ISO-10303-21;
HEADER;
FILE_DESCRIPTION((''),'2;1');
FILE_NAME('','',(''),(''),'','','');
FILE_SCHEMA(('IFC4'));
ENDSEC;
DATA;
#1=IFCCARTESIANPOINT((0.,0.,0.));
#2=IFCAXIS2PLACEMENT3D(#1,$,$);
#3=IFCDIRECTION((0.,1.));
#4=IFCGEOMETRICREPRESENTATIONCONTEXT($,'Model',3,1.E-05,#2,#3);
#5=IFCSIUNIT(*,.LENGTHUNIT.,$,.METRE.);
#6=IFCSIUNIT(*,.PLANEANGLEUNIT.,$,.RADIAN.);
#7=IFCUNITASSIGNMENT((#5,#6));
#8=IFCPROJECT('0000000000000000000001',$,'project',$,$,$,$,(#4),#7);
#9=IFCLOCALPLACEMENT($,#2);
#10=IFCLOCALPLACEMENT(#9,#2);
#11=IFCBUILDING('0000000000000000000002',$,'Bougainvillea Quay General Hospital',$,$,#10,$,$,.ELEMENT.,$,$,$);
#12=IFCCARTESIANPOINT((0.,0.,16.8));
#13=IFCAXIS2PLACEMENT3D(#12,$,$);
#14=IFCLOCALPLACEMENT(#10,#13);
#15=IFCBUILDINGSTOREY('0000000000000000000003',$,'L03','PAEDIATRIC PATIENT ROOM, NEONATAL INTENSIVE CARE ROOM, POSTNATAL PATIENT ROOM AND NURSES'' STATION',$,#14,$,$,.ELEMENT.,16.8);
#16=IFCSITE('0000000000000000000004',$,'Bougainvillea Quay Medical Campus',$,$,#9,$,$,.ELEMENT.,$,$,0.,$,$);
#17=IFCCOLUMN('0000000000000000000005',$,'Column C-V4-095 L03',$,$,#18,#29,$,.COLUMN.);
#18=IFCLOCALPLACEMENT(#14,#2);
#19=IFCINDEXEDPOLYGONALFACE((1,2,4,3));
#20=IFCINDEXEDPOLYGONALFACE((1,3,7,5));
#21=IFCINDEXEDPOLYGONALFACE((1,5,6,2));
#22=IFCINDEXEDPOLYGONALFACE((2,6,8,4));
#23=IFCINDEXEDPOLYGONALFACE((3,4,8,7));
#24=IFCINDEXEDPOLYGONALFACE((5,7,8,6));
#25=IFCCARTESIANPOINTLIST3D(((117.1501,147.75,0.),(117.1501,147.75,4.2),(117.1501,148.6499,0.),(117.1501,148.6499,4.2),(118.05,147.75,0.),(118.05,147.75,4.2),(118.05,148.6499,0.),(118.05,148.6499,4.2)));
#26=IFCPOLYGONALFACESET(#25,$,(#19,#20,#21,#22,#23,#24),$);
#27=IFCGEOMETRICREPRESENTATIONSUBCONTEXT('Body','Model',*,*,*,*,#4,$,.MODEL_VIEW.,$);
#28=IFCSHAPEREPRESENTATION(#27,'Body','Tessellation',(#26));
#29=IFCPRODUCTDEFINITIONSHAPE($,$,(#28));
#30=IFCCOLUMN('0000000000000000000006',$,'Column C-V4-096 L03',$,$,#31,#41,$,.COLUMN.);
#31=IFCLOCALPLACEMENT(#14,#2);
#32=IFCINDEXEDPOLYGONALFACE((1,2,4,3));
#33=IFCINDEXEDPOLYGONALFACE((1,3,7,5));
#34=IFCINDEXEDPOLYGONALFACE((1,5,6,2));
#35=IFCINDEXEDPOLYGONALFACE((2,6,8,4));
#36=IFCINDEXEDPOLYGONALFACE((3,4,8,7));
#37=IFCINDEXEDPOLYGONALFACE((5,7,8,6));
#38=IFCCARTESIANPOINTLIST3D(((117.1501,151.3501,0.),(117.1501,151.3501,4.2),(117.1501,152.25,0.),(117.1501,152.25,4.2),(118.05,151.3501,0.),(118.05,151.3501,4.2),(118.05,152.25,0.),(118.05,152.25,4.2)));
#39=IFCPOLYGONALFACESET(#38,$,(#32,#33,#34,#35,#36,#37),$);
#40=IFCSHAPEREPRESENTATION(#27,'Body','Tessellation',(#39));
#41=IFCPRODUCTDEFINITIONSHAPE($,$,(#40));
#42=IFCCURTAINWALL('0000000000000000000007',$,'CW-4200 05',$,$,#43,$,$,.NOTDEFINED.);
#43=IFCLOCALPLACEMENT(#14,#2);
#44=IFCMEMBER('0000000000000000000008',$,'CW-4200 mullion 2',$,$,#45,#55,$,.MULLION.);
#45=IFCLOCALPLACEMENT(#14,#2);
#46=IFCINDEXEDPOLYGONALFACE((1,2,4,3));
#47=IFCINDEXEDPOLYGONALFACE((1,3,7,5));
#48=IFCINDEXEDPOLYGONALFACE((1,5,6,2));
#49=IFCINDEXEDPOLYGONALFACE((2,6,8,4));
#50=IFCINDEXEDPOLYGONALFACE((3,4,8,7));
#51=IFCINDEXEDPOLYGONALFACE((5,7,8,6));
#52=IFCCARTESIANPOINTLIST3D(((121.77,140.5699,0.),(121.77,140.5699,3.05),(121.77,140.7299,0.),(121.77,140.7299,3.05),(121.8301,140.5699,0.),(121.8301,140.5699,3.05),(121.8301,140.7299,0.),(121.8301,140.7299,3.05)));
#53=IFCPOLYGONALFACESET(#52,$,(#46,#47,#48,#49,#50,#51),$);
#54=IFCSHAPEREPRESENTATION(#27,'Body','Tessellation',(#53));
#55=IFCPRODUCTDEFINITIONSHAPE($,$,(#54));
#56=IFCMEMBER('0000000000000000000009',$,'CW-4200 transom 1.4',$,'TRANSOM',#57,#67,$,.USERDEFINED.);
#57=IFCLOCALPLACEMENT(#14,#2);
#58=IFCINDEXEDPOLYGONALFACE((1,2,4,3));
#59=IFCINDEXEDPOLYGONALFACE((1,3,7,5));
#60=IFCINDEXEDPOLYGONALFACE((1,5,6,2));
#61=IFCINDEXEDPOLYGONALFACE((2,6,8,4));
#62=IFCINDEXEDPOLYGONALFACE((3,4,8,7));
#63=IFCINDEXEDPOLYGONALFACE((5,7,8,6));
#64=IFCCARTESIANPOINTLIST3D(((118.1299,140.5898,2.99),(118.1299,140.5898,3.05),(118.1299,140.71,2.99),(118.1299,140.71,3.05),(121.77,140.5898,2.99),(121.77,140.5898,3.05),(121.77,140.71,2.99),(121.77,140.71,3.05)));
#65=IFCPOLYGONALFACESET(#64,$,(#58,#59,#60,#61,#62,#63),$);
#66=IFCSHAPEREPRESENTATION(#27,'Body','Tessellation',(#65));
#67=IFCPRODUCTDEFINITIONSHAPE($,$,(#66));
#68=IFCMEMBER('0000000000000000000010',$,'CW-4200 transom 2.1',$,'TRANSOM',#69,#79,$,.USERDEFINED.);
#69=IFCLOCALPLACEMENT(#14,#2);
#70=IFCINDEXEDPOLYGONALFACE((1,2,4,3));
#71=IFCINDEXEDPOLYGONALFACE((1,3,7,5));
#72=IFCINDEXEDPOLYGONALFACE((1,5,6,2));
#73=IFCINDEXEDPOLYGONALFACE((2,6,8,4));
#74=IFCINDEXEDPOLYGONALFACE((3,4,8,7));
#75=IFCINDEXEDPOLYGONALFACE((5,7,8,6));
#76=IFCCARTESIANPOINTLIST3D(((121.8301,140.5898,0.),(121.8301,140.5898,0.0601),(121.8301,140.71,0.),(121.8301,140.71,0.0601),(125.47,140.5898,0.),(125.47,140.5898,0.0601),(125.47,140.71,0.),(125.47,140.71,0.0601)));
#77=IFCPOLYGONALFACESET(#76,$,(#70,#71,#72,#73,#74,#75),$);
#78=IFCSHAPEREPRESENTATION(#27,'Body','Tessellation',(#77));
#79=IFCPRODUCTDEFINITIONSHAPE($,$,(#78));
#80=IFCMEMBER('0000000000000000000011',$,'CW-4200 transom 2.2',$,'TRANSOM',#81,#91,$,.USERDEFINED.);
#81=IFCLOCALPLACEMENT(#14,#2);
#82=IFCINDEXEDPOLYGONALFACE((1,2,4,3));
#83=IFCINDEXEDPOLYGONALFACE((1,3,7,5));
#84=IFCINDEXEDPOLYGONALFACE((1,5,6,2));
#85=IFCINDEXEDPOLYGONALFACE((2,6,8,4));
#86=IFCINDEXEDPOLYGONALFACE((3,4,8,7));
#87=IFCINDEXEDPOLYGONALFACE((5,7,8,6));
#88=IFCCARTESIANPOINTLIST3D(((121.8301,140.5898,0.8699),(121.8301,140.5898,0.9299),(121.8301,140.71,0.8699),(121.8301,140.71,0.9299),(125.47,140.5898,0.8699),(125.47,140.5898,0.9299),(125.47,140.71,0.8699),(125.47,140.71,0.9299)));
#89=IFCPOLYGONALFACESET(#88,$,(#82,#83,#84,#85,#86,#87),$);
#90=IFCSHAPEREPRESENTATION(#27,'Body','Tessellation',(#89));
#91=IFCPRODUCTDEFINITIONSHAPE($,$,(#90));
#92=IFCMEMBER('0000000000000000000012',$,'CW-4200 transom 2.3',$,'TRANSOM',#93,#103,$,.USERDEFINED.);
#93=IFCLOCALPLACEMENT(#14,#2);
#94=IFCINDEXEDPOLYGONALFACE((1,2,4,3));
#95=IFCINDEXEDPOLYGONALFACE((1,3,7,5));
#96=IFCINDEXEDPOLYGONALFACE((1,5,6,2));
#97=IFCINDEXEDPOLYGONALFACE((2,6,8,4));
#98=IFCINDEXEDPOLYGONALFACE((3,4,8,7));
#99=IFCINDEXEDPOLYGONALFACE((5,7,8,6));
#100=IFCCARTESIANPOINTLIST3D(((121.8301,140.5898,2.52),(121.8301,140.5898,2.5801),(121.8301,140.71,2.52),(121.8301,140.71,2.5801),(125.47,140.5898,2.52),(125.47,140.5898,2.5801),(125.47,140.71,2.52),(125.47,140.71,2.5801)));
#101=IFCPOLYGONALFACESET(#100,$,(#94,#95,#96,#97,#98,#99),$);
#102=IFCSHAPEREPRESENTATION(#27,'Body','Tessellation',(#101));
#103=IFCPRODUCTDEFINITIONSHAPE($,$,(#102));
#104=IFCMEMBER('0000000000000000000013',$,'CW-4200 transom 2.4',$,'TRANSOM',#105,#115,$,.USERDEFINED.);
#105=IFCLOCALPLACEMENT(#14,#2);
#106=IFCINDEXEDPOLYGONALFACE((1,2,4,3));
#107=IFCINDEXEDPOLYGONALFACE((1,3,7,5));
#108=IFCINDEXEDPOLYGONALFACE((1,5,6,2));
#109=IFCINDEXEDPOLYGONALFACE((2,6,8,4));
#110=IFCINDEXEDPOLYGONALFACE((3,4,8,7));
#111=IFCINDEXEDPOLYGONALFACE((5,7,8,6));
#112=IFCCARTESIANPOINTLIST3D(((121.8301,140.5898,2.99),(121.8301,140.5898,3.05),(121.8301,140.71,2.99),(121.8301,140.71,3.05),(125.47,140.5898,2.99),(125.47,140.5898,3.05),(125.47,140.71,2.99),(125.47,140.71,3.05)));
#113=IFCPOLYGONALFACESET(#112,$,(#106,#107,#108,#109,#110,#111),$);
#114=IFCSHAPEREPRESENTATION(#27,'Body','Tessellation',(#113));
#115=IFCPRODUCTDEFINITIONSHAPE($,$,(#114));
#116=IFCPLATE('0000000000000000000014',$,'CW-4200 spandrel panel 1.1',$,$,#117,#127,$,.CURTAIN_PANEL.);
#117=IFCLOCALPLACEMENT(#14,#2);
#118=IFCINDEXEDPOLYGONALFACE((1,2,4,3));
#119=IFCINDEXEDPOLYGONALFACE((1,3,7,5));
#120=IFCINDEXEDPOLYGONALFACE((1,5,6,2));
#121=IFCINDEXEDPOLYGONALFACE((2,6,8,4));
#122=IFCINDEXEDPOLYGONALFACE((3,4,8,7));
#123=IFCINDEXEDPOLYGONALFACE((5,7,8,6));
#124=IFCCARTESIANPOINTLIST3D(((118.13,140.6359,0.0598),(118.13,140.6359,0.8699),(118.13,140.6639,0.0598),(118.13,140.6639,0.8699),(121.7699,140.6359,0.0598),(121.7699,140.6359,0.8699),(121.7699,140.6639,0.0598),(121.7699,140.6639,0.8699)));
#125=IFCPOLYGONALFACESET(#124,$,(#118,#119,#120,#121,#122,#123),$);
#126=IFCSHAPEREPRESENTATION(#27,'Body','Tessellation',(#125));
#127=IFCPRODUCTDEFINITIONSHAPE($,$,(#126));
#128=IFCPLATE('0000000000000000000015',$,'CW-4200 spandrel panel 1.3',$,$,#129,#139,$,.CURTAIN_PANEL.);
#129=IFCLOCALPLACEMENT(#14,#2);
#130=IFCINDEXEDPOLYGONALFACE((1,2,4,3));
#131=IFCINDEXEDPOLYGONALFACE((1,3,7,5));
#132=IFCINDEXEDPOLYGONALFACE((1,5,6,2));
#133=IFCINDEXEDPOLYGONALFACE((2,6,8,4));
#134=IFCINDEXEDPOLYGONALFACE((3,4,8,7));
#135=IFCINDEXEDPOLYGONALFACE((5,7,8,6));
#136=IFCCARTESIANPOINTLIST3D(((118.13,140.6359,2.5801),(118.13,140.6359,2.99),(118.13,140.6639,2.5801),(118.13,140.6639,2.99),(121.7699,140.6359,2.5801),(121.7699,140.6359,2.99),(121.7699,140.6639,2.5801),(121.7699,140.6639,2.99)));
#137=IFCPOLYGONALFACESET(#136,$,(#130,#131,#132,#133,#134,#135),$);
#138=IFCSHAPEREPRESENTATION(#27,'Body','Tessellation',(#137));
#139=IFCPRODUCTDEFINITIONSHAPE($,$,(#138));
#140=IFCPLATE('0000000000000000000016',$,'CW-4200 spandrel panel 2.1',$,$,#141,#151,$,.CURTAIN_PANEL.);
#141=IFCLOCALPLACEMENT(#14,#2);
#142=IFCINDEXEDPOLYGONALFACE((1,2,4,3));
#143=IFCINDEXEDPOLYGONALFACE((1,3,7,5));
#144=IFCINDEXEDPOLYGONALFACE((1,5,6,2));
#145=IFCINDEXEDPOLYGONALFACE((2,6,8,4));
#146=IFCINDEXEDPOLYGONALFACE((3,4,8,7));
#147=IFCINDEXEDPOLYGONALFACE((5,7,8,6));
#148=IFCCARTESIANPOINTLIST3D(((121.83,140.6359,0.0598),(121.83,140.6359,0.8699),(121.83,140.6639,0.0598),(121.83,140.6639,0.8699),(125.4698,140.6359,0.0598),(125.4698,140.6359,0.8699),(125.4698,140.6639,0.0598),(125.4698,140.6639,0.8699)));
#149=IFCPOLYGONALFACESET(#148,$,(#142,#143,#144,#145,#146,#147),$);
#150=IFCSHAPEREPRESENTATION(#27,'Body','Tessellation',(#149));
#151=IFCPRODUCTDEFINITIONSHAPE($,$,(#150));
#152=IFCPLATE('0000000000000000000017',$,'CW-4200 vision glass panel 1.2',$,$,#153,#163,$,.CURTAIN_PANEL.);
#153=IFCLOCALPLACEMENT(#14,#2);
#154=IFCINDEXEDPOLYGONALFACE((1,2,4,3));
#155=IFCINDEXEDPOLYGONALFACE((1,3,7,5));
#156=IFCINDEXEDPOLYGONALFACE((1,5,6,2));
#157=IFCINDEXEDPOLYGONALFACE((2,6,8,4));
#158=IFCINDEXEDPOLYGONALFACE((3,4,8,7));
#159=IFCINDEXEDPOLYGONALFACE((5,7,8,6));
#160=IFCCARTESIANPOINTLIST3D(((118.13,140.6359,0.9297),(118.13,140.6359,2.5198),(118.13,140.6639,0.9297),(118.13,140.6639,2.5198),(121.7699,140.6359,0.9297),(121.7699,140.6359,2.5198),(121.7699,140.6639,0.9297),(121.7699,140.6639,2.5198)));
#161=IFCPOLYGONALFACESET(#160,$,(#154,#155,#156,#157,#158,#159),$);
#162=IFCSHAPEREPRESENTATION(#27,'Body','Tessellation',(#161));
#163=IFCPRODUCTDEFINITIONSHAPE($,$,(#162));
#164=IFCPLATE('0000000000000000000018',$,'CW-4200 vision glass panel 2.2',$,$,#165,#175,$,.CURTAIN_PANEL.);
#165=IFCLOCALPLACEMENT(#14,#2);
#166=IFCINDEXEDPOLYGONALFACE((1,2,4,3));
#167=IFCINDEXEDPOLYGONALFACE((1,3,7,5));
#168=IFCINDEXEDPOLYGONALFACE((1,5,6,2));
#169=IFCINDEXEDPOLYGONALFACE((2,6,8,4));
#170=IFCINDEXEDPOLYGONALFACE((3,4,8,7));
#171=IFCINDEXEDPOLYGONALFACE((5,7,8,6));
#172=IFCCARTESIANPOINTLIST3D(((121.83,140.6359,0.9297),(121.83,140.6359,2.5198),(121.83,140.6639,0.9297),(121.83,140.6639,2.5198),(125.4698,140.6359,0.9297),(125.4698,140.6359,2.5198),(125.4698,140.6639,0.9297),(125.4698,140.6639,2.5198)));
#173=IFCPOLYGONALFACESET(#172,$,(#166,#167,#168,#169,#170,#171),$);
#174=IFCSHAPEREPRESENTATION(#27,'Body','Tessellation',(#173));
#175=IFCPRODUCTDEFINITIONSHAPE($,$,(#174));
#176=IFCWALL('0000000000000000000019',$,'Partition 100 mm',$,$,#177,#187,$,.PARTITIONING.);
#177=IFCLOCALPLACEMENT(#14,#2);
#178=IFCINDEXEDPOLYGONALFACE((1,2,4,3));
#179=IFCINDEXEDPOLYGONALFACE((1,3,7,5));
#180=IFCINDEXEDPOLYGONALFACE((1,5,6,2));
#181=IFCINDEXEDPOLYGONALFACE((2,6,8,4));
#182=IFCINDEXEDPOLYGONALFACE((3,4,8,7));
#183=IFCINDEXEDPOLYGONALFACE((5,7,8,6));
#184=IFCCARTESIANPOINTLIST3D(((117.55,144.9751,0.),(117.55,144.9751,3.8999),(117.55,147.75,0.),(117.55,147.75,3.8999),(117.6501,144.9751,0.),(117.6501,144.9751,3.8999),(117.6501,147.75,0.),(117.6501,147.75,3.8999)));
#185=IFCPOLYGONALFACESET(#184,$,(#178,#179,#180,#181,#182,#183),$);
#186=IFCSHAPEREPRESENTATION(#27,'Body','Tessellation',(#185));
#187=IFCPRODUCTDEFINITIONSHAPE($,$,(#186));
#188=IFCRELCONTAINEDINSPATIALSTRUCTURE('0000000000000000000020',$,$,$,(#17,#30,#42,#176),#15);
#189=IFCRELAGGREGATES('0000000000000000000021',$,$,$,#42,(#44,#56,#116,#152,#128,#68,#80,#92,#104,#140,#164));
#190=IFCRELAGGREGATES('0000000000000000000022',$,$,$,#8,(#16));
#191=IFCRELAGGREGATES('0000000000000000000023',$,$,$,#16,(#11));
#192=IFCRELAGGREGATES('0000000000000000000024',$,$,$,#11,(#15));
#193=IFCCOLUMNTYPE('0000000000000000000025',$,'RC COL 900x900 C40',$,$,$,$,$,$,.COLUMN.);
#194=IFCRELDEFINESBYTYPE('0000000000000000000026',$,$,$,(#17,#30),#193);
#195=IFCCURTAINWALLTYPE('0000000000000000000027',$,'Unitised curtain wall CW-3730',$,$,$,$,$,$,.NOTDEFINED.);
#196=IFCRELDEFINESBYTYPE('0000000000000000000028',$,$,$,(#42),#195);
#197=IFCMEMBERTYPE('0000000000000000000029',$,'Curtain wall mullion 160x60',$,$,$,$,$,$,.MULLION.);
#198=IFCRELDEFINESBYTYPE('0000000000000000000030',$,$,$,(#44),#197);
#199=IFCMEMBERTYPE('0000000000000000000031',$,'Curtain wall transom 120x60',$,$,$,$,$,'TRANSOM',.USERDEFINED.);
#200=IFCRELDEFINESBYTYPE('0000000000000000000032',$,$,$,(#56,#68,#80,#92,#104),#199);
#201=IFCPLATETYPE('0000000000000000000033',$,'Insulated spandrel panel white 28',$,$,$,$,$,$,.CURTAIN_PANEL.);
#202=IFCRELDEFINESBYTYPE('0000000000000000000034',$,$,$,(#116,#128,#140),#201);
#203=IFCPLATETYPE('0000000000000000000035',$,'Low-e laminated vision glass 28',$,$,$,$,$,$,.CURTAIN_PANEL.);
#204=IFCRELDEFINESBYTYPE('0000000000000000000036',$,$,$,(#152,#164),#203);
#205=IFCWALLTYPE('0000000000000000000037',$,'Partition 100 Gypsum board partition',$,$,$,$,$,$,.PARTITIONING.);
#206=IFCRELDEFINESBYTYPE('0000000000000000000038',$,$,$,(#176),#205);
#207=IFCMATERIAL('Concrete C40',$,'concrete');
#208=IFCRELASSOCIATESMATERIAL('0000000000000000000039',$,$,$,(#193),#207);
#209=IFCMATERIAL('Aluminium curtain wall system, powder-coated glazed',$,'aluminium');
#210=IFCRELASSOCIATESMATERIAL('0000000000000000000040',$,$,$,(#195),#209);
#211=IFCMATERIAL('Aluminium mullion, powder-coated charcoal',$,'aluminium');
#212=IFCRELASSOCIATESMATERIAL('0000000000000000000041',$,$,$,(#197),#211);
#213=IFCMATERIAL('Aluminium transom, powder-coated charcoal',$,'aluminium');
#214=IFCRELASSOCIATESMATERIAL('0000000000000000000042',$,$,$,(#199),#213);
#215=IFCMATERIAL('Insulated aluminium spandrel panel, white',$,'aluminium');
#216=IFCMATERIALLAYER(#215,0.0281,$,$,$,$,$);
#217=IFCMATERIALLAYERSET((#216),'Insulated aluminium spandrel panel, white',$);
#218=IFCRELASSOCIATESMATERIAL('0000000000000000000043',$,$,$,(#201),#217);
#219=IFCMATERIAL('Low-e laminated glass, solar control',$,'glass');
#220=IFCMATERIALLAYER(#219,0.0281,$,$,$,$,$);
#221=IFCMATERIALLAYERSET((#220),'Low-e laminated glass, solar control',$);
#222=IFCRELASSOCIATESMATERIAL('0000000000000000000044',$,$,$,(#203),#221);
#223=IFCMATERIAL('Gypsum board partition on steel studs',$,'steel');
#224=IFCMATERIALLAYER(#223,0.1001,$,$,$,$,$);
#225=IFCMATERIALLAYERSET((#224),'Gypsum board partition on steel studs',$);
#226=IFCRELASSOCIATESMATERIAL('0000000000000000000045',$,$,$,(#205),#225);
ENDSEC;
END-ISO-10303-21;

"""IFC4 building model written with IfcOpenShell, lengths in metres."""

from ifc_helpers import new_model, si_unit, direction, frame, frame_2d, origin, origin_2d, place, context, subcontext, project, spatial, rectangle, extrude, material, layer, layer_set, material_profile, profile_set, type_object, element, aggregate, save


model = new_model("IFC4")

# Units and contexts
model_context = context("Model", 3, precision=1e-05, world=origin(), true_north=direction((0.0, 1.0)))
body_context = subcontext(model_context, "Body", "Model", "MODEL_VIEW")
ifc_project = project(units=[si_unit("LENGTHUNIT", "METRE"), si_unit("PLANEANGLEUNIT", "RADIAN")], contexts=[model_context])

# Site, building, storey
site_placement = place(None, origin())
site = spatial("IfcSite", under=ifc_project, at=site_placement, Name="Bougainvillea Quay Medical Campus", CompositionType="ELEMENT", RefElevation=0.0)
building_placement = place(site_placement, origin())
building = spatial("IfcBuilding", under=site, at=building_placement, Name="Bougainvillea Quay General Hospital", CompositionType="ELEMENT")
storey_placement = place(building_placement, frame((0.0, 0.0, 16.8)))
storey = spatial("IfcBuildingStorey", under=building, at=storey_placement, Name="L03", Description="PAEDIATRIC PATIENT ROOM, NEONATAL INTENSIVE CARE ROOM, POSTNATAL PATIENT ROOM AND NURSES' STATION", CompositionType="ELEMENT", Elevation=16.8)

# Columns
ifc_material_1 = material(Name="Concrete C40", Category="concrete")
ifc_material_profile_1 = material_profile(ifc_material_1, rectangle(XDim=0.8999, YDim=0.8999, at=origin_2d()))
ifc_profile_set_1 = profile_set([ifc_material_profile_1], Name="Concrete C40")
column_type = type_object("IfcColumnType", Name="RC COL 900x900 C40", PredefinedType="COLUMN", material=ifc_profile_set_1)
for number, where, z_axis, x_axis, name in (
    (1, (117.6001, 148.2, 0.0), (0.0, 0.0, 1.0), (1.0, 0.0, 0.0), "Column C-V4-095 L03"),
    (2, (117.6001, 151.8, 0.0), (0.0, 0.0, 1.0), (1.0, 0.0, 0.0), "Column C-V4-096 L03"),
):
    element("IfcColumn", number, at=place(storey_placement, frame(where, z_axis=z_axis, x_axis=x_axis)), inside=storey, type_object=column_type, Name=name, PredefinedType="COLUMN", context=body_context, shape_type="SweptSolid", body=[
        extrude(rectangle(XDim=0.8999, YDim=0.8999, at=origin_2d()), origin(), (0.0, 0.0, 1.0), 4.2),
    ])

# Curtain wall, members, plates
ifc_material_2 = material(Name="Aluminium curtain wall system, powder-coated glazed", Category="aluminium")
curtain_wall_type = type_object("IfcCurtainWallType", Name="Unitised curtain wall CW-3730", PredefinedType="NOTDEFINED", material=ifc_material_2)
curtain_wall_placement = place(storey_placement, origin())
curtain_wall = element("IfcCurtainWall", 3, at=curtain_wall_placement, inside=storey, type_object=curtain_wall_type, Name="CW-4200 05", PredefinedType="NOTDEFINED")
ifc_material_3 = material(Name="Aluminium mullion, powder-coated charcoal", Category="aluminium")
ifc_material_profile_2 = material_profile(ifc_material_3, rectangle(XDim=0.1599, YDim=0.0601, at=origin_2d()))
ifc_profile_set_2 = profile_set([ifc_material_profile_2], Name="Aluminium mullion, powder-coated charcoal")
member_type_1 = type_object("IfcMemberType", Name="Curtain wall mullion 160x60", PredefinedType="MULLION", material=ifc_profile_set_2)
member_1_placement = place(storey_placement, frame((121.8, 140.6499, 0.0), z_axis=(0.0, 0.0, 1.0), x_axis=(0.0, 1.0, 0.0)))
member_1 = element("IfcMember", 4, at=member_1_placement, type_object=member_type_1, Name="CW-4200 mullion 2", PredefinedType="MULLION", context=body_context, shape_type="SweptSolid", body=[
    extrude(rectangle(XDim=0.1599, YDim=0.0601, at=origin_2d()), origin(), (0.0, 0.0, 1.0), 3.05),
])
ifc_material_4 = material(Name="Aluminium transom, powder-coated charcoal", Category="aluminium")
ifc_material_profile_3 = material_profile(ifc_material_4, rectangle(XDim=0.1201, YDim=0.0601, at=origin_2d()))
ifc_profile_set_3 = profile_set([ifc_material_profile_3], Name="Aluminium transom, powder-coated charcoal")
member_type_2 = type_object("IfcMemberType", Name="Curtain wall transom 120x60", ElementType="TRANSOM", PredefinedType="USERDEFINED", material=ifc_profile_set_3)
member_2_placement = place(storey_placement, frame((118.1299, 140.6499, 3.02), z_axis=(1.0, 0.0, 0.0), x_axis=(0.0, 1.0, 0.0)))
member_2 = element("IfcMember", 5, at=member_2_placement, type_object=member_type_2, Name="CW-4200 transom 1.4", ObjectType="TRANSOM", PredefinedType="USERDEFINED", context=body_context, shape_type="SweptSolid", body=[
    extrude(rectangle(XDim=0.1201, YDim=0.0601, at=origin_2d()), origin(), (0.0, 0.0, 1.0), 3.6401),
])
member_3_placement = place(storey_placement, frame((121.8301, 140.6499, 0.03), z_axis=(1.0, 0.0, 0.0), x_axis=(0.0, 1.0, 0.0)))
member_3 = element("IfcMember", 6, at=member_3_placement, type_object=member_type_2, Name="CW-4200 transom 2.1", ObjectType="TRANSOM", PredefinedType="USERDEFINED", context=body_context, shape_type="SweptSolid", body=[
    extrude(rectangle(XDim=0.1201, YDim=0.0601, at=origin_2d()), origin(), (0.0, 0.0, 1.0), 3.6399),
])
member_4_placement = place(storey_placement, frame((121.8301, 140.6499, 0.8999), z_axis=(1.0, 0.0, 0.0), x_axis=(0.0, 1.0, 0.0)))
member_4 = element("IfcMember", 7, at=member_4_placement, type_object=member_type_2, Name="CW-4200 transom 2.2", ObjectType="TRANSOM", PredefinedType="USERDEFINED", context=body_context, shape_type="SweptSolid", body=[
    extrude(rectangle(XDim=0.1201, YDim=0.0601, at=origin_2d()), origin(), (0.0, 0.0, 1.0), 3.6399),
])
member_5_placement = place(storey_placement, frame((121.8301, 140.6499, 2.55), z_axis=(1.0, 0.0, 0.0), x_axis=(0.0, 1.0, 0.0)))
member_5 = element("IfcMember", 8, at=member_5_placement, type_object=member_type_2, Name="CW-4200 transom 2.3", ObjectType="TRANSOM", PredefinedType="USERDEFINED", context=body_context, shape_type="SweptSolid", body=[
    extrude(rectangle(XDim=0.1201, YDim=0.0601, at=origin_2d()), origin(), (0.0, 0.0, 1.0), 3.6399),
])
member_6_placement = place(storey_placement, frame((121.8301, 140.6499, 3.02), z_axis=(1.0, 0.0, 0.0), x_axis=(0.0, 1.0, 0.0)))
member_6 = element("IfcMember", 9, at=member_6_placement, type_object=member_type_2, Name="CW-4200 transom 2.4", ObjectType="TRANSOM", PredefinedType="USERDEFINED", context=body_context, shape_type="SweptSolid", body=[
    extrude(rectangle(XDim=0.1201, YDim=0.0601, at=origin_2d()), origin(), (0.0, 0.0, 1.0), 3.6399),
])
ifc_material_5 = material(Name="Insulated aluminium spandrel panel, white", Category="aluminium")
ifc_layer_1 = layer(ifc_material_5, 0.0281)
ifc_layer_set_1 = layer_set([ifc_layer_1], Name="Insulated aluminium spandrel panel, white")
plate_type_1 = type_object("IfcPlateType", Name="Insulated spandrel panel white 28", PredefinedType="CURTAIN_PANEL", material=ifc_layer_set_1)
plate_1_placement = place(storey_placement, frame((119.95, 140.6499, 0.0598), z_axis=(0.0, 0.0, 1.0), x_axis=(1.0, 0.0, 0.0)))
plate_1 = element("IfcPlate", 10, at=plate_1_placement, type_object=plate_type_1, Name="CW-4200 spandrel panel 1.1", PredefinedType="CURTAIN_PANEL", context=body_context, shape_type="SweptSolid", body=[
    extrude(rectangle(XDim=3.6399, YDim=0.0281, at=origin_2d()), origin(), (0.0, 0.0, 1.0), 0.8101),
])
plate_2_placement = place(storey_placement, frame((119.95, 140.6499, 2.5801), z_axis=(0.0, 0.0, 1.0), x_axis=(1.0, 0.0, 0.0)))
plate_2 = element("IfcPlate", 11, at=plate_2_placement, type_object=plate_type_1, Name="CW-4200 spandrel panel 1.3", PredefinedType="CURTAIN_PANEL", context=body_context, shape_type="SweptSolid", body=[
    extrude(rectangle(XDim=3.6399, YDim=0.0281, at=origin_2d()), origin(), (0.0, 0.0, 1.0), 0.4099),
])
plate_3_placement = place(storey_placement, frame((123.6499, 140.6499, 0.0598), z_axis=(0.0, 0.0, 1.0), x_axis=(1.0, 0.0, 0.0)))
plate_3 = element("IfcPlate", 12, at=plate_3_placement, type_object=plate_type_1, Name="CW-4200 spandrel panel 2.1", PredefinedType="CURTAIN_PANEL", context=body_context, shape_type="SweptSolid", body=[
    extrude(rectangle(XDim=3.6399, YDim=0.0281, at=origin_2d()), origin(), (0.0, 0.0, 1.0), 0.8101),
])
ifc_material_6 = material(Name="Low-e laminated glass, solar control", Category="glass")
ifc_layer_2 = layer(ifc_material_6, 0.0281)
ifc_layer_set_2 = layer_set([ifc_layer_2], Name="Low-e laminated glass, solar control")
plate_type_2 = type_object("IfcPlateType", Name="Low-e laminated vision glass 28", PredefinedType="CURTAIN_PANEL", material=ifc_layer_set_2)
plate_4_placement = place(storey_placement, frame((119.95, 140.6499, 0.9297), z_axis=(0.0, 0.0, 1.0), x_axis=(1.0, 0.0, 0.0)))
plate_4 = element("IfcPlate", 13, at=plate_4_placement, type_object=plate_type_2, Name="CW-4200 vision glass panel 1.2", PredefinedType="CURTAIN_PANEL", context=body_context, shape_type="SweptSolid", body=[
    extrude(rectangle(XDim=3.6399, YDim=0.0281, at=origin_2d()), origin(), (0.0, 0.0, 1.0), 1.5901),
])
plate_5_placement = place(storey_placement, frame((123.6499, 140.6499, 0.9297), z_axis=(0.0, 0.0, 1.0), x_axis=(1.0, 0.0, 0.0)))
plate_5 = element("IfcPlate", 14, at=plate_5_placement, type_object=plate_type_2, Name="CW-4200 vision glass panel 2.2", PredefinedType="CURTAIN_PANEL", context=body_context, shape_type="SweptSolid", body=[
    extrude(rectangle(XDim=3.6399, YDim=0.0281, at=origin_2d()), origin(), (0.0, 0.0, 1.0), 1.5901),
])
aggregate(curtain_wall, [member_1, member_2, plate_1, plate_4, plate_2, member_3, member_4, member_5, member_6, plate_3, plate_5])

# Wall
ifc_material_7 = material(Name="Gypsum board partition on steel studs", Category="steel")
ifc_layer_3 = layer(ifc_material_7, 0.1001)
ifc_layer_set_3 = layer_set([ifc_layer_3], Name="Gypsum board partition on steel studs")
wall_type_1 = type_object("IfcWallType", Name="Partition 100 Gypsum board partition", PredefinedType="PARTITIONING", material=ifc_layer_set_3)
wall_1_placement = place(storey_placement, frame((117.6001, 144.9751, 0.0), z_axis=(0.0, 0.0, 1.0), x_axis=(0.0, 1.0, 0.0)))
element("IfcWall", 15, at=wall_1_placement, inside=storey, type_object=wall_type_1, Name="Partition 100 mm", PredefinedType="PARTITIONING", context=body_context, shape_type="SweptSolid", body=[
    extrude(rectangle(XDim=2.7749, YDim=0.1001, at=frame_2d((1.3875, 0.0))), origin(), (0.0, 0.0, 1.0), 3.8999),
])

save(model, "model.ifc")
